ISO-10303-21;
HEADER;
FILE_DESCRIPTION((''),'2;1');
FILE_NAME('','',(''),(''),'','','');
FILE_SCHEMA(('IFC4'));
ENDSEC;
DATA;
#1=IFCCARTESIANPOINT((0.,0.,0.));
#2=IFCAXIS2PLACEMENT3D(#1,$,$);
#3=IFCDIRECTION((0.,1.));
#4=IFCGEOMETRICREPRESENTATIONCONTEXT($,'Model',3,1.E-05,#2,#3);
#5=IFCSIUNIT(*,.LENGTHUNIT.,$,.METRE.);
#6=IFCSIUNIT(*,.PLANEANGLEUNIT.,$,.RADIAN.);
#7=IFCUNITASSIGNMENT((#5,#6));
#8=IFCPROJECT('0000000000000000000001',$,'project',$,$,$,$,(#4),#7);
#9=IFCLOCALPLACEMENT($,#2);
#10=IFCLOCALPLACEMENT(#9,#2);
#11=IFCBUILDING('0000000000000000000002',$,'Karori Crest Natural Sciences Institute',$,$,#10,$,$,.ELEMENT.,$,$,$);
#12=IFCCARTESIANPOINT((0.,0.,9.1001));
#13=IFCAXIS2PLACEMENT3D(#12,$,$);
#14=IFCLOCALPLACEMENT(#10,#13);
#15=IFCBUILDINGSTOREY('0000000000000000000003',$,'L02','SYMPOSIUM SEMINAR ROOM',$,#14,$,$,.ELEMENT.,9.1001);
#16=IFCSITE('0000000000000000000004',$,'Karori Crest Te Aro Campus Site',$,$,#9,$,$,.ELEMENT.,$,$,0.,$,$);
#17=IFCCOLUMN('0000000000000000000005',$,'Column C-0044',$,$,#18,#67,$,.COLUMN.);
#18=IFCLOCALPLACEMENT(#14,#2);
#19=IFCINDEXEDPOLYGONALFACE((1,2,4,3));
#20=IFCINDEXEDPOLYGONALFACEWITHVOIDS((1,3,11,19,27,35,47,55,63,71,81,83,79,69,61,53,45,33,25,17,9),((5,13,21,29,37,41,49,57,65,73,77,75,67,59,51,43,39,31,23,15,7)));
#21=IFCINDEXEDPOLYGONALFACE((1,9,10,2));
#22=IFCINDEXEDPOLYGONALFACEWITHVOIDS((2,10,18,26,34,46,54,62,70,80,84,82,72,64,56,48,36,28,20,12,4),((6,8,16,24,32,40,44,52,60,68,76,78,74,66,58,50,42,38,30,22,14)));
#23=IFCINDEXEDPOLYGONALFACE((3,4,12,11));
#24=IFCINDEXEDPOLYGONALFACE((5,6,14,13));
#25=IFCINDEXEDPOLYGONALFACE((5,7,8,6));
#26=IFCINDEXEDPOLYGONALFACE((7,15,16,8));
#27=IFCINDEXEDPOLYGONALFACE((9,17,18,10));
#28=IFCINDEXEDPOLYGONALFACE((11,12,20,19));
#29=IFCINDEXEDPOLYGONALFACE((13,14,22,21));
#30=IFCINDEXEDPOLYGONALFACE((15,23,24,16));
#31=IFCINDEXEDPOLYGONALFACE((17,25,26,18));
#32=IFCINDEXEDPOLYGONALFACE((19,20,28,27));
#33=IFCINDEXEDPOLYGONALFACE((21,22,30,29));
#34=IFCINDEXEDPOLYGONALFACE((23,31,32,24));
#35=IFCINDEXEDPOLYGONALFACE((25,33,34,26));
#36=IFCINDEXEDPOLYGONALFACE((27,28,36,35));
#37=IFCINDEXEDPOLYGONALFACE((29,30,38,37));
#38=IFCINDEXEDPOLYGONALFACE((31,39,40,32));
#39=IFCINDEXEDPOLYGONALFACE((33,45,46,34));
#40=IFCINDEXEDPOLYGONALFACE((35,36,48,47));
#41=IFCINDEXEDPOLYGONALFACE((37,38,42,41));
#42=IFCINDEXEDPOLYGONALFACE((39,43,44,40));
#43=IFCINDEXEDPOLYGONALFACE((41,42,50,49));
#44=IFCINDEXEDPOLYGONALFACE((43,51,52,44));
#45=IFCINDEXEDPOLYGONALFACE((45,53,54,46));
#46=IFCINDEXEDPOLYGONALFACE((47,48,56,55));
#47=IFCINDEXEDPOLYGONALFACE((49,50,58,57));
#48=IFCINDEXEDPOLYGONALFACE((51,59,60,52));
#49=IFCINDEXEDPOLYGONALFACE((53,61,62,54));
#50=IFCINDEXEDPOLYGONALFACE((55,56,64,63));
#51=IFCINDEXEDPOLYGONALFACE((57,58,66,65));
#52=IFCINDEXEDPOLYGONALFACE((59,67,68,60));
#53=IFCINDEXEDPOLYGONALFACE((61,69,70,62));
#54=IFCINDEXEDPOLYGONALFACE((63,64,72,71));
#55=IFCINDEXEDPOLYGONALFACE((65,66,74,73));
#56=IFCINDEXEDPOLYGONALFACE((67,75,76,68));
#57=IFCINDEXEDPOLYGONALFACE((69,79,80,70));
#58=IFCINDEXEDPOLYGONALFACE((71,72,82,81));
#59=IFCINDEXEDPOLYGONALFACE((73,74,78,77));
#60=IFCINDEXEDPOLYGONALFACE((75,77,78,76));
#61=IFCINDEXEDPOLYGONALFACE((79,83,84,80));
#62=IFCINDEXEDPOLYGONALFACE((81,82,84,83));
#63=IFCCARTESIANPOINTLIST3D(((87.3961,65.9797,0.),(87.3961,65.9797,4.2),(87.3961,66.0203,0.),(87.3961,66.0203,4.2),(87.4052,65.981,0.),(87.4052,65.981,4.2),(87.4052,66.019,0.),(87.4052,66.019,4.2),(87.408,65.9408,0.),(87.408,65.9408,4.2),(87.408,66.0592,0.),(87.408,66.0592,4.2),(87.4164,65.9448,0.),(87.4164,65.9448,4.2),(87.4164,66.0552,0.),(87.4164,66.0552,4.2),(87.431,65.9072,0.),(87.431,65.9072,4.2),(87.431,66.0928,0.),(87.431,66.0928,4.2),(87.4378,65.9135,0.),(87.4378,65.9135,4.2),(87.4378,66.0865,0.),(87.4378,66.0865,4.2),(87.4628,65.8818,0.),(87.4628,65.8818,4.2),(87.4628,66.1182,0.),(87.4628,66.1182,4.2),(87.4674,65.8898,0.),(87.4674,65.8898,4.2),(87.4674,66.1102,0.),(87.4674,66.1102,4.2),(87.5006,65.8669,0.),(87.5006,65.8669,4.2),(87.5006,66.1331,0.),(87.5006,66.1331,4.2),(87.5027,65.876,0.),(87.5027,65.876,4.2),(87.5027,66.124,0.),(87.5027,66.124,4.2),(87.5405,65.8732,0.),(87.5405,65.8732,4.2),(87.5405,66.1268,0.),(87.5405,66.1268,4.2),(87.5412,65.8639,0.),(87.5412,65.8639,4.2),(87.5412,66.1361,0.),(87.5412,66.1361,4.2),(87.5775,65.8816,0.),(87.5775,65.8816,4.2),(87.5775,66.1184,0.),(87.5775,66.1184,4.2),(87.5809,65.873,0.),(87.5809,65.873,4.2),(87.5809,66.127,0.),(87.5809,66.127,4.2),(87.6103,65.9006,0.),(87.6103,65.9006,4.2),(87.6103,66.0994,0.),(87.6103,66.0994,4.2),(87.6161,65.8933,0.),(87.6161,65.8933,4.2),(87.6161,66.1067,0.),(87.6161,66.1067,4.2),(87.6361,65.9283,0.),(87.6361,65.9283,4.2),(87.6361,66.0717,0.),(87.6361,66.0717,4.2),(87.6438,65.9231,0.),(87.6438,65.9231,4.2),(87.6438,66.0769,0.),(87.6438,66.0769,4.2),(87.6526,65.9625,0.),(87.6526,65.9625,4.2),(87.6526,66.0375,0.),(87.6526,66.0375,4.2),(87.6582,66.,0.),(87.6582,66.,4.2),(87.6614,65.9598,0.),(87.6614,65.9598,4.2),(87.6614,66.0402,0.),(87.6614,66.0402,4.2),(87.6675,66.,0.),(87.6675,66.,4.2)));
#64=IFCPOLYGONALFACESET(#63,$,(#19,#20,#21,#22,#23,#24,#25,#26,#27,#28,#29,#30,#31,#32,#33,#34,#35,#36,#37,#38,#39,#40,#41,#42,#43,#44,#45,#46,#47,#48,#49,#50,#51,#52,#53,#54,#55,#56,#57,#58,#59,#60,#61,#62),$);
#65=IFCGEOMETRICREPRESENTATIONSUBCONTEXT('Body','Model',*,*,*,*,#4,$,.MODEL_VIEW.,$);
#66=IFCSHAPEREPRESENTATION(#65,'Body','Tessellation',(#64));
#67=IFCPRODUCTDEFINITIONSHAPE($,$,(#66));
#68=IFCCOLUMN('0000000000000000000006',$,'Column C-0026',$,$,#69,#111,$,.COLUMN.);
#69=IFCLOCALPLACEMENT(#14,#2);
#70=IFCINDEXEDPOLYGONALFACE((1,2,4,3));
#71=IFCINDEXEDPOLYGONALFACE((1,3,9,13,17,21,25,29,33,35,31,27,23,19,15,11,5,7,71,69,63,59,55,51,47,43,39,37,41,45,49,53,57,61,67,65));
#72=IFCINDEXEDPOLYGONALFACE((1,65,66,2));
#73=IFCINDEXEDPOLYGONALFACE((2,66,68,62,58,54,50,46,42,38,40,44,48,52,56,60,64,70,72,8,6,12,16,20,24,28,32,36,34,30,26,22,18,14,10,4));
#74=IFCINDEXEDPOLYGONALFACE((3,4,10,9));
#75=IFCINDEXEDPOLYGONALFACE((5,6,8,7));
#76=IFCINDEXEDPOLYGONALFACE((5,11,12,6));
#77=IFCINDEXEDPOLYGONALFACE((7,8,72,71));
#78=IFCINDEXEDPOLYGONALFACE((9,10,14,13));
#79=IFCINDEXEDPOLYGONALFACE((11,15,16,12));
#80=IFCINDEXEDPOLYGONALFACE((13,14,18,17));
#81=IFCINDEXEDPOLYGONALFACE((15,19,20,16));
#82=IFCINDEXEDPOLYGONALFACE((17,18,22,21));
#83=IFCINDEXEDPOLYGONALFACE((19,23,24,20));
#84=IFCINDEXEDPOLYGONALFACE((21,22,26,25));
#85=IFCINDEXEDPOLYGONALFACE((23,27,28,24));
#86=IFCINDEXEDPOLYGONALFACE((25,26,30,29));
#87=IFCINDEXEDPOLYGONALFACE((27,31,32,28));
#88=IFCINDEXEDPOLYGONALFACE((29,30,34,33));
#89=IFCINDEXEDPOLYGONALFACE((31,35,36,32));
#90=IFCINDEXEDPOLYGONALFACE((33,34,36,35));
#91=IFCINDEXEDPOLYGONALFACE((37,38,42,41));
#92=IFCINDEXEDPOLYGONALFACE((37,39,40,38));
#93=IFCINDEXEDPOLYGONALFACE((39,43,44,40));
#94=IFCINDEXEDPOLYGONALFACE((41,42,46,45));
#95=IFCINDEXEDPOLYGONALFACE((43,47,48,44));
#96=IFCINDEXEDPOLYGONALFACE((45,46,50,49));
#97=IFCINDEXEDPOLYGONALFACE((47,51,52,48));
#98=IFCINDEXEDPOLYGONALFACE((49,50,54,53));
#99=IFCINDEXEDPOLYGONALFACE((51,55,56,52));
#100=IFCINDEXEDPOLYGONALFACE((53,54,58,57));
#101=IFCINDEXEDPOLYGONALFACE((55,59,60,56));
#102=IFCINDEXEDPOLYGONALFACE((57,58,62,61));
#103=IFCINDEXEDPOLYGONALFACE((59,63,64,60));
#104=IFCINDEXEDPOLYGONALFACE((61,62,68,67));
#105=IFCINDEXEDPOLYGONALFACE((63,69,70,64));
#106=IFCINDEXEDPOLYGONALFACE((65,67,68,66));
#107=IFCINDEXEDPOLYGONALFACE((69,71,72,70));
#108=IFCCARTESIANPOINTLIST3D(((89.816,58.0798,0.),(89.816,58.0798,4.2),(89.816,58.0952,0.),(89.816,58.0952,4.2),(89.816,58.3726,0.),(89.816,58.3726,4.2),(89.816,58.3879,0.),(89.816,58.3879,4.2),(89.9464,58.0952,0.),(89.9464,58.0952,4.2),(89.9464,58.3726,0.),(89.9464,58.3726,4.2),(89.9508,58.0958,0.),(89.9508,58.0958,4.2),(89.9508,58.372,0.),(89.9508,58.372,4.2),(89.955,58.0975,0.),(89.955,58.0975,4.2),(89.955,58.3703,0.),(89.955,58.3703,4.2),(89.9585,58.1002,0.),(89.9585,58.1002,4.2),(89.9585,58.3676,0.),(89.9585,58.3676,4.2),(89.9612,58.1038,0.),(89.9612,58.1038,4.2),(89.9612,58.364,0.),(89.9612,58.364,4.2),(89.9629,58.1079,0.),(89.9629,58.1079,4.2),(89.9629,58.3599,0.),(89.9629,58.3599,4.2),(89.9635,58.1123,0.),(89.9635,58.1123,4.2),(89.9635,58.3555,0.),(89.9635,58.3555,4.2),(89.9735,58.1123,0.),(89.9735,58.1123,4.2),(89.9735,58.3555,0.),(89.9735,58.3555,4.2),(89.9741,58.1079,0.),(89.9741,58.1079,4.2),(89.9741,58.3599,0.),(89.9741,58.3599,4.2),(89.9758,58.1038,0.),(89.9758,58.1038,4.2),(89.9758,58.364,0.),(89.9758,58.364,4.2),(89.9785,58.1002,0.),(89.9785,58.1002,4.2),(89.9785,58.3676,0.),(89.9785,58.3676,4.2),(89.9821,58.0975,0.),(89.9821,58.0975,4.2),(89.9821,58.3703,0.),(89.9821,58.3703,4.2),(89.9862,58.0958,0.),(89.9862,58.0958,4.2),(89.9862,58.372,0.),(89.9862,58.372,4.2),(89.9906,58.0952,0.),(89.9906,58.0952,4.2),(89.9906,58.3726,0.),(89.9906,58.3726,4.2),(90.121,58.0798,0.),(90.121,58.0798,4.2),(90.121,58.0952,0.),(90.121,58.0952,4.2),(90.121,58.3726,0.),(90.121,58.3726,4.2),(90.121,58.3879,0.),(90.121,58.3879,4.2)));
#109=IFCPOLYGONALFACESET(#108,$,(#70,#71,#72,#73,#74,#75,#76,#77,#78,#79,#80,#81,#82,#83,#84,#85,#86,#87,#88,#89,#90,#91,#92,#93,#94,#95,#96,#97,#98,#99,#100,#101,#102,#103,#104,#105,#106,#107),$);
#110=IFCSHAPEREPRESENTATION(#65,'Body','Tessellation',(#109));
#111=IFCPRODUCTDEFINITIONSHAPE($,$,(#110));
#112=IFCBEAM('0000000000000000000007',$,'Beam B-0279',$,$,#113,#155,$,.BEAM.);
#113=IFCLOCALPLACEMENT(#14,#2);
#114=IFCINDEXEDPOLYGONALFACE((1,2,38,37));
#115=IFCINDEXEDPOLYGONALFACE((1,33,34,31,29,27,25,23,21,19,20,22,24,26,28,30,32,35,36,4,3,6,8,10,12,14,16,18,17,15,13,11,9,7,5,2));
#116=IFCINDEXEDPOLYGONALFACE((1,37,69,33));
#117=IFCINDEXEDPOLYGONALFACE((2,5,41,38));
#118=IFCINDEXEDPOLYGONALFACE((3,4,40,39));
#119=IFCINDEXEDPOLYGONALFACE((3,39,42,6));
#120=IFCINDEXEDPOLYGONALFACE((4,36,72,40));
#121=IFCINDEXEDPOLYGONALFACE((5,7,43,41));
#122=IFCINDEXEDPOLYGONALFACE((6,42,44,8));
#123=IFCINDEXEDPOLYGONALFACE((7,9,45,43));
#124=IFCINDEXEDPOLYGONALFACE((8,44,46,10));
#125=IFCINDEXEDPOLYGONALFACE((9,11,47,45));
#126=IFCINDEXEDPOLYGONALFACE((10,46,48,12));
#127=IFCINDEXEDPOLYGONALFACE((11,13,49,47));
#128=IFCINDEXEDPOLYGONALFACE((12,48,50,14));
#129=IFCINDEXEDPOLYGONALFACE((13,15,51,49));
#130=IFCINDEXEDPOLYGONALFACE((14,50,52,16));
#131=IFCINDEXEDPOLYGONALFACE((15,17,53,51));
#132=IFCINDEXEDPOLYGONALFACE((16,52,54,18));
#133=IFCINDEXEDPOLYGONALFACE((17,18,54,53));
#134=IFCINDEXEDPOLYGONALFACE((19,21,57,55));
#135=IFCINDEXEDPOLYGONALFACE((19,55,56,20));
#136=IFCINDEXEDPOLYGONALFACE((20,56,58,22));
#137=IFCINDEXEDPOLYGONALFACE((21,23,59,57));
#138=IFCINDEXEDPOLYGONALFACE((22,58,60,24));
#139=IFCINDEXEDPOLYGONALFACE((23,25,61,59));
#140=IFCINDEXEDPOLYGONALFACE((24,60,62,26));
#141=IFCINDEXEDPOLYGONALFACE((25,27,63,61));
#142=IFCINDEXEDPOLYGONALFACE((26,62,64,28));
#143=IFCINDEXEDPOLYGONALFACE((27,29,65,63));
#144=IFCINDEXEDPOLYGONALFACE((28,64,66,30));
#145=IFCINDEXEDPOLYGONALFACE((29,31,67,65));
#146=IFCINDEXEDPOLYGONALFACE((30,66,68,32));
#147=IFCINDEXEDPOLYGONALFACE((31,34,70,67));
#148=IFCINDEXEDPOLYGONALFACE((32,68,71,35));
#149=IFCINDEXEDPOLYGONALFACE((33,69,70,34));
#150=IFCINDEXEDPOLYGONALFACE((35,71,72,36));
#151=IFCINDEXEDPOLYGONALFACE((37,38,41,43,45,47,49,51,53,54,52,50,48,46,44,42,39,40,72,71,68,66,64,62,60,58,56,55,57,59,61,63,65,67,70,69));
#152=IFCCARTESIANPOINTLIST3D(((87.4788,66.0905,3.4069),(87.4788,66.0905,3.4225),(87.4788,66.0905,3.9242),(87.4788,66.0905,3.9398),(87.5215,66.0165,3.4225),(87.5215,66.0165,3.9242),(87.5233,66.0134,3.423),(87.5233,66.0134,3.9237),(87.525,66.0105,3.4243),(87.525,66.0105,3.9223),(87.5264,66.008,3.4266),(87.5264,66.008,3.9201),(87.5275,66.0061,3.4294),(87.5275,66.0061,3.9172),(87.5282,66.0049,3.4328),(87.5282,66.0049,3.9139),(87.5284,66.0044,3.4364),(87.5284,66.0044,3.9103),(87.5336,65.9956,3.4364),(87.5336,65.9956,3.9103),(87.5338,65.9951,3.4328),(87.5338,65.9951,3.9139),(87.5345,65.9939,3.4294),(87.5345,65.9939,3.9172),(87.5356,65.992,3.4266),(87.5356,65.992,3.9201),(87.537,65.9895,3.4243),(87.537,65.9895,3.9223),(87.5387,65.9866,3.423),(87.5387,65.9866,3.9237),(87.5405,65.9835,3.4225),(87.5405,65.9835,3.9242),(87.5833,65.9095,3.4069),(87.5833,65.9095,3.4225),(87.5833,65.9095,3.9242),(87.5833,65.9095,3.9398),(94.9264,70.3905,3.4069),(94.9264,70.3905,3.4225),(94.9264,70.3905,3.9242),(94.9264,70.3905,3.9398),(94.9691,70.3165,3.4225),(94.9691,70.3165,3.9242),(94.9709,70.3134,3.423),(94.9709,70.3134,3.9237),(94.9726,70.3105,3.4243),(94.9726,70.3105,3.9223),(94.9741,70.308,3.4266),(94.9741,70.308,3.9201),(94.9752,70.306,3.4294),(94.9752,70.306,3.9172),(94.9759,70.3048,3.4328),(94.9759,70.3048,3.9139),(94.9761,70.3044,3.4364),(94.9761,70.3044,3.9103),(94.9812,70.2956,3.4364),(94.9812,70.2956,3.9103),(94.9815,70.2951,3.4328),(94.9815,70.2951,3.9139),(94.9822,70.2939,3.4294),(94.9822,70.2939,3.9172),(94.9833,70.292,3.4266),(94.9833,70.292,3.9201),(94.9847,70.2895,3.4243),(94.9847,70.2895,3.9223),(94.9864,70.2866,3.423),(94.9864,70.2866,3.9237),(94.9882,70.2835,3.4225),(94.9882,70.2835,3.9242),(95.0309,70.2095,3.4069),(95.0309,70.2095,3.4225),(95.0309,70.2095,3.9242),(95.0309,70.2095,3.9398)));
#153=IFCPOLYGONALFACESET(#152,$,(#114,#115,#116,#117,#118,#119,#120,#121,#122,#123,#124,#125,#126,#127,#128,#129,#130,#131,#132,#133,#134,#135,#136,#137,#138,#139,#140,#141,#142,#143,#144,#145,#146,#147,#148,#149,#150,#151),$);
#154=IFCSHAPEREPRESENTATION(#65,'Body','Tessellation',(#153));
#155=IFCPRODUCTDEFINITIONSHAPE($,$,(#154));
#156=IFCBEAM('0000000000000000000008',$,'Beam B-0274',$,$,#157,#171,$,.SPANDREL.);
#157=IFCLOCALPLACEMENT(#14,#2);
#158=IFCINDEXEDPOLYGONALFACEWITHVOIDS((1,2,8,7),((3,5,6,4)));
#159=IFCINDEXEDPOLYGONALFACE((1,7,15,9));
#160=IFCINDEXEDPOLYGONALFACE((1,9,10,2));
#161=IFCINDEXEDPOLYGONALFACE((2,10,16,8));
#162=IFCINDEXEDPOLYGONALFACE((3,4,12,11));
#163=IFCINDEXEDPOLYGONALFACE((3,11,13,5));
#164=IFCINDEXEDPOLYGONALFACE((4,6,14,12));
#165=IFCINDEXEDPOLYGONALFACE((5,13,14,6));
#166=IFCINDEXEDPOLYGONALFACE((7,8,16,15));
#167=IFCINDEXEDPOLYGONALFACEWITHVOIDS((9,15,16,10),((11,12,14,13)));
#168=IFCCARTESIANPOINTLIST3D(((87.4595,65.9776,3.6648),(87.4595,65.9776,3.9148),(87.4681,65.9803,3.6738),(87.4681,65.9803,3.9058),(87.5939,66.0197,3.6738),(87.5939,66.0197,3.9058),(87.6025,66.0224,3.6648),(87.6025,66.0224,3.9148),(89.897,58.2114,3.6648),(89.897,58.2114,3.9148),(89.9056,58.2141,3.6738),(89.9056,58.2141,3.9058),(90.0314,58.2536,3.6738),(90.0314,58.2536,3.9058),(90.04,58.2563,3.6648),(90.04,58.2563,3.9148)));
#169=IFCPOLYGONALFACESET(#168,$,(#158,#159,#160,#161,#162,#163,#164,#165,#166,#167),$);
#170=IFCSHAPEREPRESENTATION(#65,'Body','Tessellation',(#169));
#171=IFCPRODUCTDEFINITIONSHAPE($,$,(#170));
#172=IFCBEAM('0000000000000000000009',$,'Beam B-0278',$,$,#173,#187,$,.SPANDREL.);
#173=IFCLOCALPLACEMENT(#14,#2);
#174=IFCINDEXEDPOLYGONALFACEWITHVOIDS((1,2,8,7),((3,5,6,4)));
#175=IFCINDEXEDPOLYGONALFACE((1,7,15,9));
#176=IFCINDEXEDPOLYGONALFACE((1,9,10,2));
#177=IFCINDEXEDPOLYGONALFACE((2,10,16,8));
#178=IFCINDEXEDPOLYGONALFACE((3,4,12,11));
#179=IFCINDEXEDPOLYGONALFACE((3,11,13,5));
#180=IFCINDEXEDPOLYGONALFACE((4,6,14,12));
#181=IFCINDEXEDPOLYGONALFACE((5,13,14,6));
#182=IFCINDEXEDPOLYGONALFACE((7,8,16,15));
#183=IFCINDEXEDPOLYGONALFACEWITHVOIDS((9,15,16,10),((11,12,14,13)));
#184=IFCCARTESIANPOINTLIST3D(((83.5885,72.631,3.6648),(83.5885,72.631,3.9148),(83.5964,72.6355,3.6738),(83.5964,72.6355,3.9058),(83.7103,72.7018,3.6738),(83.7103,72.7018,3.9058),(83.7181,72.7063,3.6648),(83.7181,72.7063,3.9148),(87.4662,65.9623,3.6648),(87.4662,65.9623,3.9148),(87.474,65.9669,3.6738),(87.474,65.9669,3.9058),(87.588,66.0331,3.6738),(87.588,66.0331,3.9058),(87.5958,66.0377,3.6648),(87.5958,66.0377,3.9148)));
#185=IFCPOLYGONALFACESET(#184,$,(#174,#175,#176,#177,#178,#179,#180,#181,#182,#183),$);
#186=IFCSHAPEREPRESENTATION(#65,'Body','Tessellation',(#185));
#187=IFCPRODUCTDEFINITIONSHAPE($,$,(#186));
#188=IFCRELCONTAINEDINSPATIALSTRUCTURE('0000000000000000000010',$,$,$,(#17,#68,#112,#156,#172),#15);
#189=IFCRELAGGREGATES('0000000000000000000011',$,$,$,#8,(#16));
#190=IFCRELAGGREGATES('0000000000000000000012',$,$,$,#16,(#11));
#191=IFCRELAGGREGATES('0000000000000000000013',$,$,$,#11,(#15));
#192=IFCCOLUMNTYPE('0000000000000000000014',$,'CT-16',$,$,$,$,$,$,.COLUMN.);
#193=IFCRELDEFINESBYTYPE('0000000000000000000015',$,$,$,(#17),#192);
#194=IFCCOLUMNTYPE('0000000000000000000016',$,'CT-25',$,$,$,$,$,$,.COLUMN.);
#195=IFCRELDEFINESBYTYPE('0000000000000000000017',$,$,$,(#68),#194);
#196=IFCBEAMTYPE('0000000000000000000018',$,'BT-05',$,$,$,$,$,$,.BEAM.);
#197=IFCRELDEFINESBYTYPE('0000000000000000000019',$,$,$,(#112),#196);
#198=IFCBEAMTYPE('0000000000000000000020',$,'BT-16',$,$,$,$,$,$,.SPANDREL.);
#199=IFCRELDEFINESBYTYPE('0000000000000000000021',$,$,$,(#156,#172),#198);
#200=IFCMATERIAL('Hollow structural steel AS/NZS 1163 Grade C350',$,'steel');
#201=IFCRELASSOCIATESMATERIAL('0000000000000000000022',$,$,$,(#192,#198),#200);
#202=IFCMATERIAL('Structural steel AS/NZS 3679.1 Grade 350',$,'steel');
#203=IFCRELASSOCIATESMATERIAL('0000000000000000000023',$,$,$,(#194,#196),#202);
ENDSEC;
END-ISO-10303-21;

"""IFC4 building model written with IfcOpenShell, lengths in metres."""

from ifc_helpers import new_model, si_unit, direction, frame, origin, origin_2d, place, context, subcontext, project, spatial, hollow_rectangle, hollow_circle, i_section, extrude, material, material_profile, profile_set, type_object, element, save


model = new_model("IFC4")

# Units and contexts
model_context = context("Model", 3, precision=1e-05, world=origin(), true_north=direction((0.0, 1.0)))
body_context = subcontext(model_context, "Body", "Model", "MODEL_VIEW")
ifc_project = project(units=[si_unit("LENGTHUNIT", "METRE"), si_unit("PLANEANGLEUNIT", "RADIAN")], contexts=[model_context])

# Site, building, storey
site_placement = place(None, origin())
site = spatial("IfcSite", under=ifc_project, at=site_placement, Name="Karori Crest Te Aro Campus Site", CompositionType="ELEMENT", RefElevation=0.0)
building_placement = place(site_placement, origin())
building = spatial("IfcBuilding", under=site, at=building_placement, Name="Karori Crest Natural Sciences Institute", CompositionType="ELEMENT")
storey_placement = place(building_placement, frame((0.0, 0.0, 9.1001)))
storey = spatial("IfcBuildingStorey", under=building, at=storey_placement, Name="L02", Description="SYMPOSIUM SEMINAR ROOM", CompositionType="ELEMENT", Elevation=9.1001)

# Columns
ifc_material_1 = material(Name="Hollow structural steel AS/NZS 1163 Grade C350", Category="steel")
ifc_material_profile_1 = material_profile(ifc_material_1, hollow_circle(Radius=0.1365, WallThickness=0.0093, at=origin_2d()), Name="CHS273.0x9.3")
ifc_profile_set_1 = profile_set([ifc_material_profile_1], Name="Hollow structural steel AS/NZS 1163 Grade C350")
column_type_1 = type_object("IfcColumnType", Name="CT-16", PredefinedType="COLUMN", material=ifc_profile_set_1)
column_1_placement = place(storey_placement, frame((87.531, 66.0, 0.0), z_axis=(0.0, 0.0, 1.0), x_axis=(1.0, 0.0, 0.0)))
element("IfcColumn", 1, at=column_1_placement, inside=storey, type_object=column_type_1, Name="Column C-0044", PredefinedType="COLUMN", context=body_context, shape_type="SweptSolid", body=[
    extrude(hollow_circle(Radius=0.1365, WallThickness=0.0093, at=origin_2d()), origin(), (0.0, 0.0, 1.0), 4.2),
])
ifc_material_2 = material(Name="Structural steel AS/NZS 3679.1 Grade 350", Category="steel")
ifc_material_profile_2 = material_profile(ifc_material_2, i_section(OverallWidth=0.3049, OverallDepth=0.3081, WebThickness=0.01, FlangeThickness=0.0154, FilletRadius=0.0171, at=origin_2d()), Name="310UC96.8")
ifc_profile_set_2 = profile_set([ifc_material_profile_2], Name="Structural steel AS/NZS 3679.1 Grade 350")
column_type_2 = type_object("IfcColumnType", Name="CT-25", PredefinedType="COLUMN", material=ifc_profile_set_2)
column_2_placement = place(storey_placement, frame((89.9685, 58.2339, 0.0), z_axis=(0.0, 0.0, 1.0), x_axis=(1.0, 0.0, 0.0)))
element("IfcColumn", 2, at=column_2_placement, inside=storey, type_object=column_type_2, Name="Column C-0026", PredefinedType="COLUMN", context=body_context, shape_type="SweptSolid", body=[
    extrude(i_section(OverallWidth=0.3049, OverallDepth=0.3081, WebThickness=0.01, FlangeThickness=0.0154, FilletRadius=0.0171, at=origin_2d()), origin(), (0.0, 0.0, 1.0), 4.2),
])

# Beams
ifc_material_profile_3 = material_profile(ifc_material_2, i_section(OverallWidth=0.209, OverallDepth=0.533, WebThickness=0.0103, FlangeThickness=0.0156, FilletRadius=0.0139, at=origin_2d()), Name="530UB92.4")
ifc_profile_set_3 = profile_set([ifc_material_profile_3], Name="Structural steel AS/NZS 3679.1 Grade 350")
beam_type_1 = type_object("IfcBeamType", Name="BT-05", PredefinedType="BEAM", material=ifc_profile_set_3)
beam_1_placement = place(storey_placement, frame((87.531, 66.0, 3.6733), z_axis=(0.866021, 0.500008, 0.0), x_axis=(-0.500008, 0.866021, 0.0)))
element("IfcBeam", 3, at=beam_1_placement, inside=storey, type_object=beam_type_1, Name="Beam B-0279", PredefinedType="BEAM", context=body_context, shape_type="SweptSolid", body=[
    extrude(i_section(OverallWidth=0.209, OverallDepth=0.533, WebThickness=0.0103, FlangeThickness=0.0156, FilletRadius=0.0139, at=origin_2d()), origin(), (0.0, 0.0, 1.0), 8.5999),
])
ifc_material_profile_4 = material_profile(ifc_material_1, hollow_rectangle(XDim=0.1499, YDim=0.25, WallThickness=0.009, at=origin_2d()), Name="RHS250x150x9")
ifc_profile_set_4 = profile_set([ifc_material_profile_4], Name="Hollow structural steel AS/NZS 1163 Grade C350")
beam_type_2 = type_object("IfcBeamType", Name="BT-16", PredefinedType="SPANDREL", material=ifc_profile_set_4)
beam_2_placement = place(storey_placement, frame((89.9685, 58.2339, 3.7898), z_axis=(-0.29946, 0.954109, 0.0), x_axis=(-0.954109, -0.29946, 0.0)))
element("IfcBeam", 4, at=beam_2_placement, inside=storey, type_object=beam_type_2, Name="Beam B-0274", PredefinedType="SPANDREL", context=body_context, shape_type="SweptSolid", body=[
    extrude(hollow_rectangle(XDim=0.1499, YDim=0.25, WallThickness=0.009, at=origin_2d()), origin(), (0.0, 0.0, 1.0), 8.1396),
])
beam_3_placement = place(storey_placement, frame((87.531, 66.0, 3.7898), z_axis=(-0.502672, 0.864477, 0.0), x_axis=(-0.864477, -0.502672, 0.0)))
element("IfcBeam", 5, at=beam_3_placement, inside=storey, type_object=beam_type_2, Name="Beam B-0278", PredefinedType="SPANDREL", context=body_context, shape_type="SweptSolid", body=[
    extrude(hollow_rectangle(XDim=0.1499, YDim=0.25, WallThickness=0.009, at=origin_2d()), origin(), (0.0, 0.0, 1.0), 7.7141),
])

save(model, "model.ifc")
